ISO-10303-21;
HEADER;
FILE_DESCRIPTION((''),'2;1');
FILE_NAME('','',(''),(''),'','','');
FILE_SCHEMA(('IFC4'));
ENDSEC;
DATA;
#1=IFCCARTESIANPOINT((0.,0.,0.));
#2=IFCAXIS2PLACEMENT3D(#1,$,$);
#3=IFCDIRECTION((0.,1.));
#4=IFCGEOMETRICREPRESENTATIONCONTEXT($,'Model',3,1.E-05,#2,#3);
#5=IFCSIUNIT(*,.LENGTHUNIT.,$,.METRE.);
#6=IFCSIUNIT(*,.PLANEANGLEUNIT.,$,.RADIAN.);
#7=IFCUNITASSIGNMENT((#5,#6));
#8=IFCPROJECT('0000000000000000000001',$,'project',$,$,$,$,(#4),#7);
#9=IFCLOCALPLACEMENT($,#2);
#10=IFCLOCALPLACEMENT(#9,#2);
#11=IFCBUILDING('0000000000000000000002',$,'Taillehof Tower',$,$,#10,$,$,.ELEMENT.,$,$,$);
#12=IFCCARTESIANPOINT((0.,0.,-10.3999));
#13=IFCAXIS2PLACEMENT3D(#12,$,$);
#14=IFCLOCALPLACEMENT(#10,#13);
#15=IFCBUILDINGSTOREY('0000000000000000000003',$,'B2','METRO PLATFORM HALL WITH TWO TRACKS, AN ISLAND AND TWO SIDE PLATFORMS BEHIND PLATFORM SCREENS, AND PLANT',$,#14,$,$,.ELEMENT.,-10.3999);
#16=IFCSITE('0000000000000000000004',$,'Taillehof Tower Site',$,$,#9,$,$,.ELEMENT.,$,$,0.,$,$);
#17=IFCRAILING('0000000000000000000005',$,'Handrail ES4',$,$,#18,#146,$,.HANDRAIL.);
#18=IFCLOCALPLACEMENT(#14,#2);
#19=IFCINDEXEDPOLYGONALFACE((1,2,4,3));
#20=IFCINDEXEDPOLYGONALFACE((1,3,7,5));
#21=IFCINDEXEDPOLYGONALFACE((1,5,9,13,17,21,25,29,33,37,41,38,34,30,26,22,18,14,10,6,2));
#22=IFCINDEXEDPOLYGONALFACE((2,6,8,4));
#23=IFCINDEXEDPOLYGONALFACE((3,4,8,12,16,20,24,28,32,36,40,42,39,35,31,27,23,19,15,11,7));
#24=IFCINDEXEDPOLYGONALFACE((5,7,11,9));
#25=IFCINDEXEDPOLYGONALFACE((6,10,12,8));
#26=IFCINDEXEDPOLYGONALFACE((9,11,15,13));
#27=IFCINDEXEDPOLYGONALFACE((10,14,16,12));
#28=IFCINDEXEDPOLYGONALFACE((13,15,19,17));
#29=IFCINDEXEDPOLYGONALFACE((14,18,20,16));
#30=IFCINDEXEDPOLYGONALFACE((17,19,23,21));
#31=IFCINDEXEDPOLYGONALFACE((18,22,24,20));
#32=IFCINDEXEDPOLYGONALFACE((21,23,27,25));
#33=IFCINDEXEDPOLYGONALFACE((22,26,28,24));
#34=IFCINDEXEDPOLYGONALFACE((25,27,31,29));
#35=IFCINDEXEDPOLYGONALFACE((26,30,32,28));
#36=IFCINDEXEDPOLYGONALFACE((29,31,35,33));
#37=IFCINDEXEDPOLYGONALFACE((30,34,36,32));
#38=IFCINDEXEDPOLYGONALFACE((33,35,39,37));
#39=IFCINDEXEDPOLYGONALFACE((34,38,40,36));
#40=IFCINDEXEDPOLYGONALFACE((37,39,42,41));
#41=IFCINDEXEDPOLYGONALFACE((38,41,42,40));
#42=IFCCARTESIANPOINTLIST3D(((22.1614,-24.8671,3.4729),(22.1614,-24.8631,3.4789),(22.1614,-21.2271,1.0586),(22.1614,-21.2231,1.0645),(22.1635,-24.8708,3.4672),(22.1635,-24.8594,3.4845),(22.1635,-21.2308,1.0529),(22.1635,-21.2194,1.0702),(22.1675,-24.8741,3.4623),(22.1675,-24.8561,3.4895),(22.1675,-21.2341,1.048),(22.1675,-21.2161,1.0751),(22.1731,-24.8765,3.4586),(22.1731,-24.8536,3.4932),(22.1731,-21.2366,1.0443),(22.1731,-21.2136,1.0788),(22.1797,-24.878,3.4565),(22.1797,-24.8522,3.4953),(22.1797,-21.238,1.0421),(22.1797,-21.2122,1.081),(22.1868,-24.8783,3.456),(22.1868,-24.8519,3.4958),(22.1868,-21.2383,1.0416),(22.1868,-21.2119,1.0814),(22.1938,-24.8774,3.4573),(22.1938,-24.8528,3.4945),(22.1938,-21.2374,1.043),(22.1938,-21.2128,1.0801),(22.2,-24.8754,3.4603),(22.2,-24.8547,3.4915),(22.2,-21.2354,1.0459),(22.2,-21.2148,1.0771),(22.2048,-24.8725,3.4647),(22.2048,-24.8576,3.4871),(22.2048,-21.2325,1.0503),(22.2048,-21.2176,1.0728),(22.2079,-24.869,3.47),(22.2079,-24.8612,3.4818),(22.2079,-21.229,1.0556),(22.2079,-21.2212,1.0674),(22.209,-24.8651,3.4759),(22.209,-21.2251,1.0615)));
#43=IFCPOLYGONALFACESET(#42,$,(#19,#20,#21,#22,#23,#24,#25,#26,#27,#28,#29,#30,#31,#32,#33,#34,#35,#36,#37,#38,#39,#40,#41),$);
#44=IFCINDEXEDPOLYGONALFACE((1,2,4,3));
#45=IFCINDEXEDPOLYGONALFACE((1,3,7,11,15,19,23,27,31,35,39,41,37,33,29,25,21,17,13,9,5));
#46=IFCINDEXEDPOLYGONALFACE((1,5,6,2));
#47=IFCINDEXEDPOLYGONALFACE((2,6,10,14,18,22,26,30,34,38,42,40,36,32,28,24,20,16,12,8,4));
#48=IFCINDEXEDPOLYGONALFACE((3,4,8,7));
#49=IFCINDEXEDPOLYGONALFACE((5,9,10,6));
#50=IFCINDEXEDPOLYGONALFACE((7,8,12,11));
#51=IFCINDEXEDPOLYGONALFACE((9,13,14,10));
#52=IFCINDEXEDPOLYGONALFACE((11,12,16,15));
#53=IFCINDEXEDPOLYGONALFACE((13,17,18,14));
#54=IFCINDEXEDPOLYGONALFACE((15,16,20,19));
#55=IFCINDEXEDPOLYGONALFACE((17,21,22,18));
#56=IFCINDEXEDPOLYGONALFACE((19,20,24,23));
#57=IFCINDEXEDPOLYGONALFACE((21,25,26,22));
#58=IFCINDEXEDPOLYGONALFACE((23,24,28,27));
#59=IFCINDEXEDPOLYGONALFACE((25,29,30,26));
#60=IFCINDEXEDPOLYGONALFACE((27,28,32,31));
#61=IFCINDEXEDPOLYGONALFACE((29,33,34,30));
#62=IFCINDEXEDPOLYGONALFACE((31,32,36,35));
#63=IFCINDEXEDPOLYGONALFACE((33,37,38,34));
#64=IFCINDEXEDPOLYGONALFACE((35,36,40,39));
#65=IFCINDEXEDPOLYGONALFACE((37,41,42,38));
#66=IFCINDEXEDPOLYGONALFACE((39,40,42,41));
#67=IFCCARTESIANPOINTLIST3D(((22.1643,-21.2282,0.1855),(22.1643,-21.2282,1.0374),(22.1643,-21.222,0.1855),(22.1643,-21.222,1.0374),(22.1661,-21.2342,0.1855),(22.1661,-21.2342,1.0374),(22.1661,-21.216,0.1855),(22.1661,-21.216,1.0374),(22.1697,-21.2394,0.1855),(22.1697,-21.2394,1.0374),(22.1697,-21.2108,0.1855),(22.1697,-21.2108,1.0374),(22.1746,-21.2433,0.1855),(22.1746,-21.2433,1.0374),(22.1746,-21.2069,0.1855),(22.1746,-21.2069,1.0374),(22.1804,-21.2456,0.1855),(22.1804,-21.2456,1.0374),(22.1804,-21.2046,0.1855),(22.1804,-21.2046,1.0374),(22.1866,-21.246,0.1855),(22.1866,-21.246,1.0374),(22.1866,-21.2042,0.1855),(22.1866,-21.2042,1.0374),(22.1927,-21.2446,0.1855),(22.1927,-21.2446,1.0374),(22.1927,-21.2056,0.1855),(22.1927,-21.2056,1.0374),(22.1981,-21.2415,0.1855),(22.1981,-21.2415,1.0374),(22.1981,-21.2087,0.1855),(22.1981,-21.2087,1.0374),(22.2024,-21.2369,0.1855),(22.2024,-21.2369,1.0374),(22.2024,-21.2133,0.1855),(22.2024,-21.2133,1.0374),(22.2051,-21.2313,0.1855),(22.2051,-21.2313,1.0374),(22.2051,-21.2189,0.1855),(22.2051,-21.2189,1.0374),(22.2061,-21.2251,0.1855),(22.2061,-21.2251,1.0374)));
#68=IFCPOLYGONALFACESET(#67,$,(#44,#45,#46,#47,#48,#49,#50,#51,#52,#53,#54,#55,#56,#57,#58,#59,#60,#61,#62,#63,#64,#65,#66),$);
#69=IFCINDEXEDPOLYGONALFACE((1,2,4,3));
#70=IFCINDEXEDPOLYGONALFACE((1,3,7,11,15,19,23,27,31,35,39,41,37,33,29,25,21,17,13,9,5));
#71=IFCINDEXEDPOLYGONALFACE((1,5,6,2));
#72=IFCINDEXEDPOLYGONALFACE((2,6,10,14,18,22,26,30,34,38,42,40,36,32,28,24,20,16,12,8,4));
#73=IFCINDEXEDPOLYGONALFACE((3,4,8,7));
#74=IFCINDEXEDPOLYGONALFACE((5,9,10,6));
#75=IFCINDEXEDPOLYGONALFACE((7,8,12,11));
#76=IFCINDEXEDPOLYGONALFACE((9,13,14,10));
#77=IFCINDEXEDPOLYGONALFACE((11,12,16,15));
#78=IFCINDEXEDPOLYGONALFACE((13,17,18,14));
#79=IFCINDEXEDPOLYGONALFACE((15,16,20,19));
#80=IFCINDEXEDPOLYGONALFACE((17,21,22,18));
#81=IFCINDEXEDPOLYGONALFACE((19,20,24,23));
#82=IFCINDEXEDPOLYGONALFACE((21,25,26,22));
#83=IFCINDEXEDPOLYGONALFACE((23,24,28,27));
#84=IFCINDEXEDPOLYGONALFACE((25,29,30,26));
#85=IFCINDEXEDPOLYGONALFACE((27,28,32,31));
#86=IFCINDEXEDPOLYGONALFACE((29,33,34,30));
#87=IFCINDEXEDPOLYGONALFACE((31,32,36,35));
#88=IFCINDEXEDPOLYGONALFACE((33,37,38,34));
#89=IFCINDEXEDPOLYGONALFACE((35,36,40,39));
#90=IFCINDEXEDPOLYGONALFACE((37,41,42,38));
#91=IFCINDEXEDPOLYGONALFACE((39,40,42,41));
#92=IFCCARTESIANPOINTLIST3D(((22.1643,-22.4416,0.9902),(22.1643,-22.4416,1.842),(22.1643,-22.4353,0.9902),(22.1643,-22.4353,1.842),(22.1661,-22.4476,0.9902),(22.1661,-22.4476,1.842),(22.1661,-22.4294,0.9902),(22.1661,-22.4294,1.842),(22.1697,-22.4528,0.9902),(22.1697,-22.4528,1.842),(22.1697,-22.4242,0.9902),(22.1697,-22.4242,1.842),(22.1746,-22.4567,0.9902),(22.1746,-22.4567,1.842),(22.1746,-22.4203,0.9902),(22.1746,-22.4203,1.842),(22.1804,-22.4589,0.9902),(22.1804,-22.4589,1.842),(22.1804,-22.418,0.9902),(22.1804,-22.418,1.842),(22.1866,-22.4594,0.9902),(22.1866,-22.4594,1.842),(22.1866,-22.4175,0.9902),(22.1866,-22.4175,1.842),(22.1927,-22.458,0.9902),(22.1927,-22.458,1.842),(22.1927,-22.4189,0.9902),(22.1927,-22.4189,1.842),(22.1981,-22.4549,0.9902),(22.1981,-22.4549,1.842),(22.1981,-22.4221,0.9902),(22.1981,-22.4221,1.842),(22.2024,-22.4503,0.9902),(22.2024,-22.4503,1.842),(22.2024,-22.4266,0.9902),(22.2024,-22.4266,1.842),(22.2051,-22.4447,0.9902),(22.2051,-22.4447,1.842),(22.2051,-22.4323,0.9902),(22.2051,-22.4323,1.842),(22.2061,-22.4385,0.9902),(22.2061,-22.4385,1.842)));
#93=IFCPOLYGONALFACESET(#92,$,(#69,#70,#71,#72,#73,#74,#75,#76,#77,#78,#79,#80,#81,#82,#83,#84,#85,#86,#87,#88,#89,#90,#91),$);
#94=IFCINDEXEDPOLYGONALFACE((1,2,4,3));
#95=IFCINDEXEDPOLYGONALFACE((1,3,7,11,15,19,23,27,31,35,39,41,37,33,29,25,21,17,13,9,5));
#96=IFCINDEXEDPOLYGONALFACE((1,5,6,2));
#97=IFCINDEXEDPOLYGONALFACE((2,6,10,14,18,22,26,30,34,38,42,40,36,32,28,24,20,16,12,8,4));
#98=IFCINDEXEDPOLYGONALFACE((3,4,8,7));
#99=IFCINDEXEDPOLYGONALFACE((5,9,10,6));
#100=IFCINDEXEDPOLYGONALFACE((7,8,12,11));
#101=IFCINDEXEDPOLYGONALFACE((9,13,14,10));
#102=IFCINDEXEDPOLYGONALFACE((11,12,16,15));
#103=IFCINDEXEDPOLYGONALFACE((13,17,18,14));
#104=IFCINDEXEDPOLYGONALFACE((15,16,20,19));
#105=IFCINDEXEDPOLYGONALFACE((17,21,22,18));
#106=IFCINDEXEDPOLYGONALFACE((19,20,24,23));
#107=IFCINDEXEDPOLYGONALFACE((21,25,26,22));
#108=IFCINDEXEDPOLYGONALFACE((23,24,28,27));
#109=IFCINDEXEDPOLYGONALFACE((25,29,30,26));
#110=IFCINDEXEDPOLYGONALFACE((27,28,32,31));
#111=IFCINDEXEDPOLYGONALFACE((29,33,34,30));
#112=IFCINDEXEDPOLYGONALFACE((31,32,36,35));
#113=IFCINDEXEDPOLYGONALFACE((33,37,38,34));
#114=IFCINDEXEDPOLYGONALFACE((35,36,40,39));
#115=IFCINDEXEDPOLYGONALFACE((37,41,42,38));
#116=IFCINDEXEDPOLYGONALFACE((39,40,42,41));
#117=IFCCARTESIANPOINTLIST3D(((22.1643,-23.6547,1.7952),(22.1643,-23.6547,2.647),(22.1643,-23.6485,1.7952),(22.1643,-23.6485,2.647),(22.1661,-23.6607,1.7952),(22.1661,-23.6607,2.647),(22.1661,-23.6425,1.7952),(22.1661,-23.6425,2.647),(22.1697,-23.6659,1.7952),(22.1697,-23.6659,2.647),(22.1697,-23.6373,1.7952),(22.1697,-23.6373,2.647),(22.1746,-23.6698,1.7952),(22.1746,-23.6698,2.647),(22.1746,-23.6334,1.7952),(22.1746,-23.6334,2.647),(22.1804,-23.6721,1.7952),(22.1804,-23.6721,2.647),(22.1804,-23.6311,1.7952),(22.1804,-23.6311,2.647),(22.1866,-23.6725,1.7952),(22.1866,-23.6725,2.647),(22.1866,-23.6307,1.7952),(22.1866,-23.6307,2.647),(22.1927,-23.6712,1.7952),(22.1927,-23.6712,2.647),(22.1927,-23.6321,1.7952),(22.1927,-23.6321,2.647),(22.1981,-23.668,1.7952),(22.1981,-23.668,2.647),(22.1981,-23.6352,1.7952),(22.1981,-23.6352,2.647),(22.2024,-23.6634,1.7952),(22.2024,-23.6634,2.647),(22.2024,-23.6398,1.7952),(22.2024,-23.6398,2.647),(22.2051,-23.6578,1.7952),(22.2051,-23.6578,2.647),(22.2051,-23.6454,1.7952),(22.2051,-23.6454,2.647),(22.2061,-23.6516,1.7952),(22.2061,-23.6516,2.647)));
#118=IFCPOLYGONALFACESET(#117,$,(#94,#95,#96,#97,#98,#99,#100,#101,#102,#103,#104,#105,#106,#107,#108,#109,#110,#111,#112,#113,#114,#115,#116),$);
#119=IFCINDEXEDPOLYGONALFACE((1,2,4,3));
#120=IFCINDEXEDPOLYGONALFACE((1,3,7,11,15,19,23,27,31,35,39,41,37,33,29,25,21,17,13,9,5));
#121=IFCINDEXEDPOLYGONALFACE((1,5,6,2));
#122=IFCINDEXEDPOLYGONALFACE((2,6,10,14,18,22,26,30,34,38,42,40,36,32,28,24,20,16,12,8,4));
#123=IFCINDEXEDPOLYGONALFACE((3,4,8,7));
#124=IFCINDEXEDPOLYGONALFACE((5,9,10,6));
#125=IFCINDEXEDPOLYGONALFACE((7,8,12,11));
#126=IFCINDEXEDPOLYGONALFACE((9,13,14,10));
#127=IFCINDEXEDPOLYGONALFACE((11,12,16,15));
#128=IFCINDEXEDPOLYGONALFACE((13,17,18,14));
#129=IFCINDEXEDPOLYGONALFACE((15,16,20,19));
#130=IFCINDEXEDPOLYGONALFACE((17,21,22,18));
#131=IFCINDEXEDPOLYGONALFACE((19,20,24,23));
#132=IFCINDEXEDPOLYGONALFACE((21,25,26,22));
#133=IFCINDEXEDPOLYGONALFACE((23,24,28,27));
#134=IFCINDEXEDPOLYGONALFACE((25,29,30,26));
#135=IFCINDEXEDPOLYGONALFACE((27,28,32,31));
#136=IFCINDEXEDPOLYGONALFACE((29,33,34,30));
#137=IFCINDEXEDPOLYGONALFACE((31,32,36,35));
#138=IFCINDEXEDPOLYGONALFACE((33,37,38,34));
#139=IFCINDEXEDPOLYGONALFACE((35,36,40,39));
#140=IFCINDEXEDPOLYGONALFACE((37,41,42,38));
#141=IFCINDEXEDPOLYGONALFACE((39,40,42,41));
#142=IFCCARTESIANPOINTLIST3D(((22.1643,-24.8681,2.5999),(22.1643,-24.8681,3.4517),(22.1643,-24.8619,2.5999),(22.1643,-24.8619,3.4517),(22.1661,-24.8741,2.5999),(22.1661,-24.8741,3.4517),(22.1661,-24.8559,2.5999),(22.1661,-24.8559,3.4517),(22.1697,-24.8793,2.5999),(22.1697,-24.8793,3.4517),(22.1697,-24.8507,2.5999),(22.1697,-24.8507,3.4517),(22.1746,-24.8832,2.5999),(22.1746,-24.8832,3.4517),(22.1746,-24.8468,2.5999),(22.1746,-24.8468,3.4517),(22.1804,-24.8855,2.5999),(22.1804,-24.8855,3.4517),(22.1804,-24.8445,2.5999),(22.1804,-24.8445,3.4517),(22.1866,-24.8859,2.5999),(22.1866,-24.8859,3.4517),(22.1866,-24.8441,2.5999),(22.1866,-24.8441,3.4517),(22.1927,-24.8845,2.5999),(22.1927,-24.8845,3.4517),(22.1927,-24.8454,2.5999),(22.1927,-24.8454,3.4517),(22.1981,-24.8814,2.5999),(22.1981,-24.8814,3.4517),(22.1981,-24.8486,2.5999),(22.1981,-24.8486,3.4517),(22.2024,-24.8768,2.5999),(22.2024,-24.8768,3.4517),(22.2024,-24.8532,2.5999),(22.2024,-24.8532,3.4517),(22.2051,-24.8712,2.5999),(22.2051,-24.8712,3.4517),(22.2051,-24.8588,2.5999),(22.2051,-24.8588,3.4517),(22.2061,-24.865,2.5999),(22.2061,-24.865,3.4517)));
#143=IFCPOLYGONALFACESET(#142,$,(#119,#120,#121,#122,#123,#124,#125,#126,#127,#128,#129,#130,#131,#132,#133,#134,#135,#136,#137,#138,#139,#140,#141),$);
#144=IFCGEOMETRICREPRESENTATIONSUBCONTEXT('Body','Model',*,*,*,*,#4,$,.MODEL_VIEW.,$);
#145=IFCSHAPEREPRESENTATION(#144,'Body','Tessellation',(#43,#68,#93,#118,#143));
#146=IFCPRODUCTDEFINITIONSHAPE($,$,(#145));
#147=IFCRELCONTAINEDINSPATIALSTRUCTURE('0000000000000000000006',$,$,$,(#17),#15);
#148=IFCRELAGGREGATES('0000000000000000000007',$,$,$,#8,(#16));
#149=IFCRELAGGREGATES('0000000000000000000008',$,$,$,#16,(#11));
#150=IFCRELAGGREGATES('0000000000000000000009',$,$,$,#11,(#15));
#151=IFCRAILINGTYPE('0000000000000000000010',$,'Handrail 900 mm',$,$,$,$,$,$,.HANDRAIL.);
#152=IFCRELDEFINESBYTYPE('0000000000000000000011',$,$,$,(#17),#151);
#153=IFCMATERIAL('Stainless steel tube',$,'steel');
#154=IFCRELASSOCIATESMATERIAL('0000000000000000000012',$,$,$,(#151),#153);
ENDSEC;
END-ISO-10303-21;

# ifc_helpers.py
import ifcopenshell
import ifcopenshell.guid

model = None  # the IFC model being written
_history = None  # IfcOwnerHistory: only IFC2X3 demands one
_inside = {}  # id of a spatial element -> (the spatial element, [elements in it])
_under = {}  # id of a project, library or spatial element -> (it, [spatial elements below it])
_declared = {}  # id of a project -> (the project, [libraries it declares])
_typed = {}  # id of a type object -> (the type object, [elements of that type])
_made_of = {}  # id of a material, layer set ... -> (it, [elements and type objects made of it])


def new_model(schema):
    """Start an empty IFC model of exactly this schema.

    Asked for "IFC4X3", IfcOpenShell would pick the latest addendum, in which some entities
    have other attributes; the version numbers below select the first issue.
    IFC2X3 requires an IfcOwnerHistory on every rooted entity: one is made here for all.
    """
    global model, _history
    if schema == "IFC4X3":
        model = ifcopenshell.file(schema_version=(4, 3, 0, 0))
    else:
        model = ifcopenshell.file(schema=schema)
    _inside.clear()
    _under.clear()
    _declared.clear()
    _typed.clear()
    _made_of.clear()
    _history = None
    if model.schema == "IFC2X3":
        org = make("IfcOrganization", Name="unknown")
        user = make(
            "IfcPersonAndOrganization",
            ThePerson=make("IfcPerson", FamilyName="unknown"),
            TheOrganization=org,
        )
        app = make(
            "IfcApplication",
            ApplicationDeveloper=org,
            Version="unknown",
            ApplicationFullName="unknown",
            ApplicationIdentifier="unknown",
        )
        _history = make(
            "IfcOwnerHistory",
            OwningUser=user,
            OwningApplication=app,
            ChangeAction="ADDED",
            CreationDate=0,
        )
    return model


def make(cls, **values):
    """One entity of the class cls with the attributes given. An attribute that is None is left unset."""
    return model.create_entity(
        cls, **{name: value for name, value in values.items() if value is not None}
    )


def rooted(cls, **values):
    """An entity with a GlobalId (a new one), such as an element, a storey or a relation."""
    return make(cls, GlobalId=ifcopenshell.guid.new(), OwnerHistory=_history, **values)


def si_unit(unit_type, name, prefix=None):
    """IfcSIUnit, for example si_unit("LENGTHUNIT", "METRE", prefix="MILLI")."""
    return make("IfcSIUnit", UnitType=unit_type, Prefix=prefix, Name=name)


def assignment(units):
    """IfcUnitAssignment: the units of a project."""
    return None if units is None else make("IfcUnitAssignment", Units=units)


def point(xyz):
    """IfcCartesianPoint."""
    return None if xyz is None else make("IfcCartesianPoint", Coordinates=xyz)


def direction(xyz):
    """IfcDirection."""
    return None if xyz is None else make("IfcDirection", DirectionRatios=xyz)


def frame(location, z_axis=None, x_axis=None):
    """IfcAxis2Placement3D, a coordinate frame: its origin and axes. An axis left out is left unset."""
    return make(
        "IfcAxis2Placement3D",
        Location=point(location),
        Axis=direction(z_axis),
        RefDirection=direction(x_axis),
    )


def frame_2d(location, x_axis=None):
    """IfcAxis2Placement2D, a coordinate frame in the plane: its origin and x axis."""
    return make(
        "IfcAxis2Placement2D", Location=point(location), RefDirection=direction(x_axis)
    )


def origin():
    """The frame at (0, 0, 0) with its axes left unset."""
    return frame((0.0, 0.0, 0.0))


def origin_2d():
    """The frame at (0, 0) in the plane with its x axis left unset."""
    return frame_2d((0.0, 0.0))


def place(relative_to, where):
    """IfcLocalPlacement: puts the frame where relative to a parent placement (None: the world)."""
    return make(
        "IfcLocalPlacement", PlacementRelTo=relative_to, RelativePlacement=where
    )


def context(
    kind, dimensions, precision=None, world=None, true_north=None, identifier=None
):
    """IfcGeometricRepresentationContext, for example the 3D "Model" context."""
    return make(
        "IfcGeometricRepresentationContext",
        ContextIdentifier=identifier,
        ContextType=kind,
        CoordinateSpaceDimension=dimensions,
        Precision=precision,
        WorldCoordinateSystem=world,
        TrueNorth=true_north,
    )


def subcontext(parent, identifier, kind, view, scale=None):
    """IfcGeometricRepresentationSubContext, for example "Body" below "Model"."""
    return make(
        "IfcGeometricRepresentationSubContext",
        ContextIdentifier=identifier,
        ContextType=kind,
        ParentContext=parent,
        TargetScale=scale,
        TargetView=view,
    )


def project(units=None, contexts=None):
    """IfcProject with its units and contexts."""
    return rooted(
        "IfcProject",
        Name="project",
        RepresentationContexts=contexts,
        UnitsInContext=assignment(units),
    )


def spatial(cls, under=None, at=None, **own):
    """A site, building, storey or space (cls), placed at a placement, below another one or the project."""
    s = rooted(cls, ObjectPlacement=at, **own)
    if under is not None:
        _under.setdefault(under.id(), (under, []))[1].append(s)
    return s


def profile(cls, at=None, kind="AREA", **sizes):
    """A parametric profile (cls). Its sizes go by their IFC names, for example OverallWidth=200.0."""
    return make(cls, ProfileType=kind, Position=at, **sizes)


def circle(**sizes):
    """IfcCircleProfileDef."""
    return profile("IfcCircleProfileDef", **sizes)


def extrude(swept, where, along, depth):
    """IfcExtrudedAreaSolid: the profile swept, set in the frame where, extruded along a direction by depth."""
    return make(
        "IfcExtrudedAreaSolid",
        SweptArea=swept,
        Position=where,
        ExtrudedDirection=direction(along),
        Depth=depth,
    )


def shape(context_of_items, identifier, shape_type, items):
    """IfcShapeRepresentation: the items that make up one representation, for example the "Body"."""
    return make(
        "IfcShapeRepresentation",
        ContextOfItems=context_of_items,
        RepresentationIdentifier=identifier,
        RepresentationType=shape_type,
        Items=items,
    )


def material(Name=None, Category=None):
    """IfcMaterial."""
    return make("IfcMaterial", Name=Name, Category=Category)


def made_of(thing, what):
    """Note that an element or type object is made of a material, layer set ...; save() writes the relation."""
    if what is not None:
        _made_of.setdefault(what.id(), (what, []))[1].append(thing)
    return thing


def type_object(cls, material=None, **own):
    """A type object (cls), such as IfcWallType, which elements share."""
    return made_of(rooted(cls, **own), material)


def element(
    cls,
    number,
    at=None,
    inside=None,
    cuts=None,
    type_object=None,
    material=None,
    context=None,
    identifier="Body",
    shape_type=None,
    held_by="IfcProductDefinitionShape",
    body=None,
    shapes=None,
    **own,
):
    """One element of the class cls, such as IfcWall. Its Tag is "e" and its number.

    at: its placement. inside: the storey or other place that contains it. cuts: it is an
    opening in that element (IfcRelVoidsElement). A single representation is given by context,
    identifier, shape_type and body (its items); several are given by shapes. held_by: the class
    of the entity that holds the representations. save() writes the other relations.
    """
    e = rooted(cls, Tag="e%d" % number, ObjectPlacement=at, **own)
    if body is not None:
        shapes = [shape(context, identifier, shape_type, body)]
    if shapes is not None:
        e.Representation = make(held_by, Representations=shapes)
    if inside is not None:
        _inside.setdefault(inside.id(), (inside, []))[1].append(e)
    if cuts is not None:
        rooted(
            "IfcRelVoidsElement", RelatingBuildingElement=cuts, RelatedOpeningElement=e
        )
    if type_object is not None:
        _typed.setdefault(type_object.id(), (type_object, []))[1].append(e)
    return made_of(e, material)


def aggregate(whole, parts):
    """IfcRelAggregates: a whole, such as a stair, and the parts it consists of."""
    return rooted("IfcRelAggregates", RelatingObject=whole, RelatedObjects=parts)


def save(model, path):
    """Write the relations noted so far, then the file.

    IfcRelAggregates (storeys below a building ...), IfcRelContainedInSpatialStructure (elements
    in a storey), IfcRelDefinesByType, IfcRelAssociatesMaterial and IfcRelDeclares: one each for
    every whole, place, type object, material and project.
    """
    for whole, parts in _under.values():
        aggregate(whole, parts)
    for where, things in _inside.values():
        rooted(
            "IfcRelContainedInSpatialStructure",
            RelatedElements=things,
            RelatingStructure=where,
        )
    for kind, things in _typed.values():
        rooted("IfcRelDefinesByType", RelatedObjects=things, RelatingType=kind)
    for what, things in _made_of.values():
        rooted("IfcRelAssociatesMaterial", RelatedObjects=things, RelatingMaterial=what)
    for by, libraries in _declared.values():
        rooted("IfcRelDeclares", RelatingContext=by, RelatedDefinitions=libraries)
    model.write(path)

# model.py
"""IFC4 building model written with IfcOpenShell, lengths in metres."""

from ifc_helpers import new_model, si_unit, direction, frame, origin, origin_2d, place, context, subcontext, project, spatial, circle, extrude, material, type_object, element, save


model = new_model("IFC4")

# Units and contexts
model_context = context("Model", 3, precision=1e-05, world=origin(), true_north=direction((0.0, 1.0)))
body_context = subcontext(model_context, "Body", "Model", "MODEL_VIEW")
ifc_project = project(units=[si_unit("LENGTHUNIT", "METRE"), si_unit("PLANEANGLEUNIT", "RADIAN")], contexts=[model_context])

# Site, building, storey
site_placement = place(None, origin())
site = spatial("IfcSite", under=ifc_project, at=site_placement, Name="Taillehof Tower Site", CompositionType="ELEMENT", RefElevation=0.0)
building_placement = place(site_placement, origin())
building = spatial("IfcBuilding", under=site, at=building_placement, Name="Taillehof Tower", CompositionType="ELEMENT")
storey_placement = place(building_placement, frame((0.0, 0.0, -10.3999)))
storey = spatial("IfcBuildingStorey", under=building, at=storey_placement, Name="B2", Description="METRO PLATFORM HALL WITH TWO TRACKS, AN ISLAND AND TWO SIDE PLATFORMS BEHIND PLATFORM SCREENS, AND PLANT", CompositionType="ELEMENT", Elevation=-10.3999)

# Railing
ifc_material_1 = material(Name="Stainless steel tube", Category="steel")
railing_type = type_object("IfcRailingType", Name="Handrail 900 mm", PredefinedType="HANDRAIL", material=ifc_material_1)
for number, where, name in (
    (1, (22.1851, -21.2251, 0.1855), "Handrail ES4"),
):
    element("IfcRailing", number, at=place(storey_placement, frame(where)), inside=storey, type_object=railing_type, Name=name, PredefinedType="HANDRAIL", context=body_context, shape_type="SweptSolid", body=[
        extrude(circle(Radius=0.0239, at=origin_2d()), frame((0.0, 0.0, 0.876), z_axis=(0.0, -0.833347, 0.552751), x_axis=(1.0, 0.0, 0.0)), (0.0, 0.0, 1.0), 4.3679),
        extrude(circle(Radius=0.021, at=origin_2d()), origin(), (0.0, 0.0, 1.0), 0.8518),
        extrude(circle(Radius=0.021, at=origin_2d()), frame((0.0, -1.2134, 0.8047)), (0.0, 0.0, 1.0), 0.8518),
        extrude(circle(Radius=0.021, at=origin_2d()), frame((0.0, -2.4265, 1.6096)), (0.0, 0.0, 1.0), 0.8518),
        extrude(circle(Radius=0.021, at=origin_2d()), frame((0.0, -3.6399, 2.4143)), (0.0, 0.0, 1.0), 0.8518),
    ])

save(model, "model.ifc")
